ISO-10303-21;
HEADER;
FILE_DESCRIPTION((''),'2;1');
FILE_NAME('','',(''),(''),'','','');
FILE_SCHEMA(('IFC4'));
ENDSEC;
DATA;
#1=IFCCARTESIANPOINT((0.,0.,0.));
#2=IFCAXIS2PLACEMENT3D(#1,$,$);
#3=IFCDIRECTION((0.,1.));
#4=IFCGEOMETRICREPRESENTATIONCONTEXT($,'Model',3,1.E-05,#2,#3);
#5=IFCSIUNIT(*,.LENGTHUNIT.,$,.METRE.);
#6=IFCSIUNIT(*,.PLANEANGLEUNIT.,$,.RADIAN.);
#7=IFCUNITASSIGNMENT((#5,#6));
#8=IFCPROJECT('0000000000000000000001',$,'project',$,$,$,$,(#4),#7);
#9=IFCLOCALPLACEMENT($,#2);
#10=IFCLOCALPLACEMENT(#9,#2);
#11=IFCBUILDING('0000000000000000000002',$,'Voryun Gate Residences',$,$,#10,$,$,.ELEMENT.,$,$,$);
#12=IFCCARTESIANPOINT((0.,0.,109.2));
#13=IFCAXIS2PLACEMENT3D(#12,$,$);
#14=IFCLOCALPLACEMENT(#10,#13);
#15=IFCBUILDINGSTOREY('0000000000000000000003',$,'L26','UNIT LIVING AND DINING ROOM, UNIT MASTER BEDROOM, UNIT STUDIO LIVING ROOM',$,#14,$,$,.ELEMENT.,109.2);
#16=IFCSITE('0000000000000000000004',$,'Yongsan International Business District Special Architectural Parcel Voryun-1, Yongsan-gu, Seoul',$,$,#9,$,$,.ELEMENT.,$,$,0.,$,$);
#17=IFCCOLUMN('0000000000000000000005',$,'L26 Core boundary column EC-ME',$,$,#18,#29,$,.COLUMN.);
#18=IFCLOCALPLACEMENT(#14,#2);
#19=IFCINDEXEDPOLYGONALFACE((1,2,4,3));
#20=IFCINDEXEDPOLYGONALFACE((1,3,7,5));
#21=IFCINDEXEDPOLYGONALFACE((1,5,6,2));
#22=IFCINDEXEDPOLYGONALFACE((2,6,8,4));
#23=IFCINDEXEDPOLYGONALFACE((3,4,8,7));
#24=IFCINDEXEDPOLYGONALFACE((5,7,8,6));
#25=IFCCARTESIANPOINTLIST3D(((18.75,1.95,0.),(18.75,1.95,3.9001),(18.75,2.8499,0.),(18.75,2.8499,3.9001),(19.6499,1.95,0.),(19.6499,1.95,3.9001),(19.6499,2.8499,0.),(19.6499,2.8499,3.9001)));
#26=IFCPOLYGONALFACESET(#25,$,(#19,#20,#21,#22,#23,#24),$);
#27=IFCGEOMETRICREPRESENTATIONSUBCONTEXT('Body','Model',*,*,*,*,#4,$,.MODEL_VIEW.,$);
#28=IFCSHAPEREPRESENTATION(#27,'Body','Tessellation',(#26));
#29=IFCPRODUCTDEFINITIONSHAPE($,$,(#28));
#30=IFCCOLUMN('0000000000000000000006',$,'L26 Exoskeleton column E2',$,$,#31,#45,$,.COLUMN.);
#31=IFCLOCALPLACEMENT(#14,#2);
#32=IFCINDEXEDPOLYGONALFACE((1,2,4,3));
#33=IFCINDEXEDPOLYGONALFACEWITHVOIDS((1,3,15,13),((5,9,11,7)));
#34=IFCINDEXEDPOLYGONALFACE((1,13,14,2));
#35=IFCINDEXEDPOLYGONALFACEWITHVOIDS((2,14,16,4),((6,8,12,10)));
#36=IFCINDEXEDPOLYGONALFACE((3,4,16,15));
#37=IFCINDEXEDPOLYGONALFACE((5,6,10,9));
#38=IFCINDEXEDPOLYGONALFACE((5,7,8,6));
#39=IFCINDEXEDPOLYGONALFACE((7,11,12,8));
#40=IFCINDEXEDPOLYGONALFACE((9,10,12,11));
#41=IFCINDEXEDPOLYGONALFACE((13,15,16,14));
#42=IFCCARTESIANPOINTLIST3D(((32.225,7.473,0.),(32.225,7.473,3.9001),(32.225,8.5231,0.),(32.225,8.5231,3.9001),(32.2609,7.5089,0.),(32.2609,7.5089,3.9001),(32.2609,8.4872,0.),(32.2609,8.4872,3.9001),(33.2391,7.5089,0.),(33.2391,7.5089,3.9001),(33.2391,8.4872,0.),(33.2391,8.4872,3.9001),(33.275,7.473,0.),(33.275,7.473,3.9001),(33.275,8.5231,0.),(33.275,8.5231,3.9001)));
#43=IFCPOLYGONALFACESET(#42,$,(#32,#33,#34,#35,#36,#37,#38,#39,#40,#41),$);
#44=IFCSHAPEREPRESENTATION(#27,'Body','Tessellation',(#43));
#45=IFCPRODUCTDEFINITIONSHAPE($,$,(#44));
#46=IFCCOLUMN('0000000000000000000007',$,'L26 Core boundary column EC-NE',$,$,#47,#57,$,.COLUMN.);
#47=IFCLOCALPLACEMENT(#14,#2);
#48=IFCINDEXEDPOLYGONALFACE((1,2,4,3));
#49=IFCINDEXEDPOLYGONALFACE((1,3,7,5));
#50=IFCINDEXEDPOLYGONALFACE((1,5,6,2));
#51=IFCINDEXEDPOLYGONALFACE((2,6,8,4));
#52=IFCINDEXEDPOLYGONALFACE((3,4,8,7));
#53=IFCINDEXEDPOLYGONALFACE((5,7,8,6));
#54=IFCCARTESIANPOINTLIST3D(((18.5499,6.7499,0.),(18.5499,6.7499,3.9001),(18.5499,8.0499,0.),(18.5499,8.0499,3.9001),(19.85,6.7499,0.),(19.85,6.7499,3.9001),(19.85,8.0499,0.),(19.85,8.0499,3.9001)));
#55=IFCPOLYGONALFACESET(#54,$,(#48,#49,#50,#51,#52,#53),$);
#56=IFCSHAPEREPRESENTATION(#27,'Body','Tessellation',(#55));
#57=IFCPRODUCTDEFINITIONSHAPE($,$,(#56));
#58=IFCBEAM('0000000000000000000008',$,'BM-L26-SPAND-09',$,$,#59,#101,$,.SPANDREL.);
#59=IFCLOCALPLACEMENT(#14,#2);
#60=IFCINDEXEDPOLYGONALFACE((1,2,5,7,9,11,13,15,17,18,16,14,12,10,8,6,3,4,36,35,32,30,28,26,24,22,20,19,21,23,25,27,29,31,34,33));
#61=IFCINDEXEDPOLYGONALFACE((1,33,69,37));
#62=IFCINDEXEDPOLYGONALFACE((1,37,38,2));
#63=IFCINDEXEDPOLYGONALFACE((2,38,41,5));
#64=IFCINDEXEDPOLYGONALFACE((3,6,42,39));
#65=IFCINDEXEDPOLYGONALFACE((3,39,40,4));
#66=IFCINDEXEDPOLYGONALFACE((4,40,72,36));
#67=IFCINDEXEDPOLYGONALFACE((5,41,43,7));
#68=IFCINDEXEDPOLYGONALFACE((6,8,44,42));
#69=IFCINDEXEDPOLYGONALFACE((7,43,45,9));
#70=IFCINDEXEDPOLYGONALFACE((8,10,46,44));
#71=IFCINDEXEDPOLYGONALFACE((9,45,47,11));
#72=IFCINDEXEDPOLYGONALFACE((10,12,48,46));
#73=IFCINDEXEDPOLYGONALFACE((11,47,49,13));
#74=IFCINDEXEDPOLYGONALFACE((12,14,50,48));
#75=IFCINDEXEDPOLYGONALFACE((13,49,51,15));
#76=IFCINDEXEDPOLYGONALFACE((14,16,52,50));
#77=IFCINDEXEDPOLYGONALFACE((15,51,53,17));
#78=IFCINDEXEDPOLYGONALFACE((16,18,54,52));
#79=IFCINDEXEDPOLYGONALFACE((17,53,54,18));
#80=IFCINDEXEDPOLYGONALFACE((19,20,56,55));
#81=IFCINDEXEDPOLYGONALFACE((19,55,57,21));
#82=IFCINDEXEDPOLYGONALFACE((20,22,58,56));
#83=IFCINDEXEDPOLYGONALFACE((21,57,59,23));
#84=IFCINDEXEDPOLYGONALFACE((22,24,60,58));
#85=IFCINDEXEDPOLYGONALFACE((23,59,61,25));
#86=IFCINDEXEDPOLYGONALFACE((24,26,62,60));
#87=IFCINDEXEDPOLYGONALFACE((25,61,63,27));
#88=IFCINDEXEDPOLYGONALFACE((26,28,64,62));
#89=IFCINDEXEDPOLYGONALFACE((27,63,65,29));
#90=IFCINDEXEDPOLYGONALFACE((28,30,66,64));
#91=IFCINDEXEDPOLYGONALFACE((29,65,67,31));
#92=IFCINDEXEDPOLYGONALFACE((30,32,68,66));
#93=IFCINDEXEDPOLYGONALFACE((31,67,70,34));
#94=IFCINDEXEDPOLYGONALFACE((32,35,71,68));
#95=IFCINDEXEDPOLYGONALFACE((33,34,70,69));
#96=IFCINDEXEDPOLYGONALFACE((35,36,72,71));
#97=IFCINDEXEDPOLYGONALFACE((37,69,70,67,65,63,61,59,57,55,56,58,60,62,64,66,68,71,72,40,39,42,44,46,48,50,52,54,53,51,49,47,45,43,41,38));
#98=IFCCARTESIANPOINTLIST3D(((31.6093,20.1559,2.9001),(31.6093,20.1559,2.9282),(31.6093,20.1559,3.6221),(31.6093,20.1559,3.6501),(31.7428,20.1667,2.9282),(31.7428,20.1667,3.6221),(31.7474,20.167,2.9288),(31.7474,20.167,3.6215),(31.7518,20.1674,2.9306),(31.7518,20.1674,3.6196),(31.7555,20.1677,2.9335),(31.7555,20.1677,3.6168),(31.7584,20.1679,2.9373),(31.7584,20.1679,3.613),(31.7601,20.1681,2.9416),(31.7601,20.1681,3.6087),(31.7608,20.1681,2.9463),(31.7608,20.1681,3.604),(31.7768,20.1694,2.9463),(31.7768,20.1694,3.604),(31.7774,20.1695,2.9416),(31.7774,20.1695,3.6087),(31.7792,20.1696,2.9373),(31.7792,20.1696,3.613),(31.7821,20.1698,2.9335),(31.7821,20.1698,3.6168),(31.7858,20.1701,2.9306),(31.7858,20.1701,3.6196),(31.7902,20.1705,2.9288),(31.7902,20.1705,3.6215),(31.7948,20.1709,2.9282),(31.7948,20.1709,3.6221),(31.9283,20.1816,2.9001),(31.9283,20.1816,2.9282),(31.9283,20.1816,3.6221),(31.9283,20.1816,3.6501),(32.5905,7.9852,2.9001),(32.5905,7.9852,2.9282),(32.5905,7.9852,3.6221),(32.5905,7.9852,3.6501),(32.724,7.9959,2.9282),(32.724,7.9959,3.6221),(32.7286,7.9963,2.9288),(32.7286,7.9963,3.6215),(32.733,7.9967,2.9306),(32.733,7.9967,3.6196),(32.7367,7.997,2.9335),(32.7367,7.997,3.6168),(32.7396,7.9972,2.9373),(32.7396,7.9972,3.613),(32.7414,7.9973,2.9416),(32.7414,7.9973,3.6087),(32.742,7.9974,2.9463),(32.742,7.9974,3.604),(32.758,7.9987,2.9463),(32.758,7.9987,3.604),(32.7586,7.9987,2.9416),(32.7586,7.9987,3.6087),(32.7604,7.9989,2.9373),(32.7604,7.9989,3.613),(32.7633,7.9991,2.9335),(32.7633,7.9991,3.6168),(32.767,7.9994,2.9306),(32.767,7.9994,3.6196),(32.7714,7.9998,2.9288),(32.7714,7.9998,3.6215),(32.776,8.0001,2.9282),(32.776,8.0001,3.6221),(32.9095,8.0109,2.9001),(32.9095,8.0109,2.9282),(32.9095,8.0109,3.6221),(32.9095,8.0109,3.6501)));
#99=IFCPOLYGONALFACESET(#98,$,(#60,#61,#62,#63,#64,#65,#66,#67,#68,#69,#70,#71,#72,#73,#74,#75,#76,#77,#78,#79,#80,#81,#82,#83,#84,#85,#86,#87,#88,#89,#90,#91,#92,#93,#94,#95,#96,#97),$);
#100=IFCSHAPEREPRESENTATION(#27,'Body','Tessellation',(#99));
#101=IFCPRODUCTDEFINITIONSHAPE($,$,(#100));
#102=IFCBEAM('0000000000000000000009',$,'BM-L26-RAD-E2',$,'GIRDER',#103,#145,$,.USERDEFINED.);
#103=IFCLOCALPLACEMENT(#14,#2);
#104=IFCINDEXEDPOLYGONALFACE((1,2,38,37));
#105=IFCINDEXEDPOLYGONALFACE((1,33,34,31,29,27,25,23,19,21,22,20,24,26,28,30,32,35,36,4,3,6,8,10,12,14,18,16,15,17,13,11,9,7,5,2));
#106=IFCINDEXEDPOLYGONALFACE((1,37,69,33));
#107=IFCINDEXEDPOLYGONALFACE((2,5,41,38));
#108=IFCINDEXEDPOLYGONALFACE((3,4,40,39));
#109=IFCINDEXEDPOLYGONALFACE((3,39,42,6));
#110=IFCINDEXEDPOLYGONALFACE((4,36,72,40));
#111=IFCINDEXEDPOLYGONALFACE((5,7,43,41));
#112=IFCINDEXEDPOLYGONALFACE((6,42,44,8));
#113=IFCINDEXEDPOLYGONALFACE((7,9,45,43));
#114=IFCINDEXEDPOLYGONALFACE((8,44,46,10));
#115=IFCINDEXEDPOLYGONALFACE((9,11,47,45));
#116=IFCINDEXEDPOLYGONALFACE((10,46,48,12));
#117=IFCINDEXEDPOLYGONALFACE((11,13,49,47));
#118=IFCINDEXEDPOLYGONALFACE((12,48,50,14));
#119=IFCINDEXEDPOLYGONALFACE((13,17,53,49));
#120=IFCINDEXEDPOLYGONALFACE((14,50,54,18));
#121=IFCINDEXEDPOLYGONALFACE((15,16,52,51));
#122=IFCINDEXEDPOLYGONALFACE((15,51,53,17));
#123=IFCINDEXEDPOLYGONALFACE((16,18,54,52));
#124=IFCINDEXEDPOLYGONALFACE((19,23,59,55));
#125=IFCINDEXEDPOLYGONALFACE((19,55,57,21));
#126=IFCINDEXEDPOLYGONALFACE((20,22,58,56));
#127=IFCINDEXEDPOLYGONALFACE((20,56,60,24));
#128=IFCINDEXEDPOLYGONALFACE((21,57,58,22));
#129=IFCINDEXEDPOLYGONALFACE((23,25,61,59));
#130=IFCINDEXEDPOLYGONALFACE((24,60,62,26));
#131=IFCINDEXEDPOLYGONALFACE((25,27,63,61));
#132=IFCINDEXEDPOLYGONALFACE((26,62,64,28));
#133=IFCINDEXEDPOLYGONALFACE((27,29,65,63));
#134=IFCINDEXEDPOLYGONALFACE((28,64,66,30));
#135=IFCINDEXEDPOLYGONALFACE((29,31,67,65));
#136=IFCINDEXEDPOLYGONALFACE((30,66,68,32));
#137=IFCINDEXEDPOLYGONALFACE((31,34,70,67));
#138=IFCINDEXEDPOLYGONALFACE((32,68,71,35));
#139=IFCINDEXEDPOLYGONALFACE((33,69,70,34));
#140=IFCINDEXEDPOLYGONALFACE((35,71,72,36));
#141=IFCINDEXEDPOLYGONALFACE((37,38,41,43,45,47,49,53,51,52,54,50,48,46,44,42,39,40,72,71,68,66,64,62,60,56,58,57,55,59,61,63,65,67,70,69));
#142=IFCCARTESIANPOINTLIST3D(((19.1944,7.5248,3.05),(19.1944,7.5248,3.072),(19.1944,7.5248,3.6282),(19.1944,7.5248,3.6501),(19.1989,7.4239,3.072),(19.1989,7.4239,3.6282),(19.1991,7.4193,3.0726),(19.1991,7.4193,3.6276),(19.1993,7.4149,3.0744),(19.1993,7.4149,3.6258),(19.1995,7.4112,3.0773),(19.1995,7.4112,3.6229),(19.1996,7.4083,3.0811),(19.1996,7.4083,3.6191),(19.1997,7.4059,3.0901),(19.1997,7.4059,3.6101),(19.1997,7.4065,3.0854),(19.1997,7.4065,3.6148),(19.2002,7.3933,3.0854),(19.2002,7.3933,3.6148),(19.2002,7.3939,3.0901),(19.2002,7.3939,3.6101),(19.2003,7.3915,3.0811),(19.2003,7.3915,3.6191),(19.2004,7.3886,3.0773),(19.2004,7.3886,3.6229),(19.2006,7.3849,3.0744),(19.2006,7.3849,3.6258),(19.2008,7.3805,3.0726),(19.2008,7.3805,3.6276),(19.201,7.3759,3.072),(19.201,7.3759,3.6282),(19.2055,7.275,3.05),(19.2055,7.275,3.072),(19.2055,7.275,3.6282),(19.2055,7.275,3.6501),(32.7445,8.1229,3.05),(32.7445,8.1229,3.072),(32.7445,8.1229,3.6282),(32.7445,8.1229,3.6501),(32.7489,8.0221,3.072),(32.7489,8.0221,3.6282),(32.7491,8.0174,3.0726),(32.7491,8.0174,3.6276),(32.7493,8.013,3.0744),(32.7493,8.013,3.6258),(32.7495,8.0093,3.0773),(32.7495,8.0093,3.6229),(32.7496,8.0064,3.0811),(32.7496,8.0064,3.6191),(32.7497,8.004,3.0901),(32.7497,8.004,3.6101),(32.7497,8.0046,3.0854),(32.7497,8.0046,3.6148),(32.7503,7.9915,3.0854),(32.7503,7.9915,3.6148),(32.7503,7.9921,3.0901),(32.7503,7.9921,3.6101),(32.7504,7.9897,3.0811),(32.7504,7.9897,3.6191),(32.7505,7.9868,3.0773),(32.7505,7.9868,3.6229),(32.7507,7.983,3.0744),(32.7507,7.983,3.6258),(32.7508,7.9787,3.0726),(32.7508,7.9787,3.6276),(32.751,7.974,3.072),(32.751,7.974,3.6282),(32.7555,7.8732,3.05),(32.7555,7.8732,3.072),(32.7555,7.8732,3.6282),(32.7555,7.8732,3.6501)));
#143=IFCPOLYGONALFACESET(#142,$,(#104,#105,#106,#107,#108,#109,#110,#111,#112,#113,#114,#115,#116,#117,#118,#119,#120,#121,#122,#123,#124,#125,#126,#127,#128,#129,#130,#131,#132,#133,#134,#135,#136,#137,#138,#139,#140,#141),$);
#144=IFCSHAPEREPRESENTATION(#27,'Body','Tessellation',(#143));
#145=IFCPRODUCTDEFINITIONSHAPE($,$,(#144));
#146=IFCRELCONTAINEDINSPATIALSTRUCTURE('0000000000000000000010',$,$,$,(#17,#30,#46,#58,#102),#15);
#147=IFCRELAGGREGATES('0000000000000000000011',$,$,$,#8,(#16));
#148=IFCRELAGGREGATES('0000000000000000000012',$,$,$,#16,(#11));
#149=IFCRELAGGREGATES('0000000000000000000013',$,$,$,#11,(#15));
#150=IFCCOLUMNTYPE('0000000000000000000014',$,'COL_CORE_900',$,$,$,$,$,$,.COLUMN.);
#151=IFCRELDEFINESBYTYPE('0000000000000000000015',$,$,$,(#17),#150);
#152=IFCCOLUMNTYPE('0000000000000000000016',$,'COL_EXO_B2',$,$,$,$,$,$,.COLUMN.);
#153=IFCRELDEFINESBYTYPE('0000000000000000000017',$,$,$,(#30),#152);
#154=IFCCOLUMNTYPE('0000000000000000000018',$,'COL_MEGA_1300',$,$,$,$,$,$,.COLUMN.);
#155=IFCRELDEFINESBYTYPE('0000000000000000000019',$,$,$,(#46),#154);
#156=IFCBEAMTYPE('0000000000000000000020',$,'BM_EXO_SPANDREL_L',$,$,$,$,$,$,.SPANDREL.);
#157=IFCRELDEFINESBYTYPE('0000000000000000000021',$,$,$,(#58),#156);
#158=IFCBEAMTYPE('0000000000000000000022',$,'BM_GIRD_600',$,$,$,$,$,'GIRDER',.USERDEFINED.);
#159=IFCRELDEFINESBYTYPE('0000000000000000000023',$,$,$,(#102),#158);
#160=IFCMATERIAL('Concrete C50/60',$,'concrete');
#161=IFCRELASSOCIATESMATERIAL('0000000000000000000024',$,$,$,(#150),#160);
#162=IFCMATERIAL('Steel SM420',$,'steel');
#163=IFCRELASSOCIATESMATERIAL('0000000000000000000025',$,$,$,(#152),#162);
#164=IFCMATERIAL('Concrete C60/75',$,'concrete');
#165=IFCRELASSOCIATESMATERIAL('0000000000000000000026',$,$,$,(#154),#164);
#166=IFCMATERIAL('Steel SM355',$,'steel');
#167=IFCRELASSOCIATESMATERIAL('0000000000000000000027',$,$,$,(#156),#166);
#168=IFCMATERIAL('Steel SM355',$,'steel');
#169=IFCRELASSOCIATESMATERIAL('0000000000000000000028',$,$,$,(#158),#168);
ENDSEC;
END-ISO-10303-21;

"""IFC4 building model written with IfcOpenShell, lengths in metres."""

from ifc_helpers import new_model, si_unit, direction, frame, origin, origin_2d, place, context, subcontext, project, spatial, rectangle, hollow_rectangle, i_section, extrude, material, material_profile, profile_set, type_object, element, save


model = new_model("IFC4")

# Units and contexts
model_context = context("Model", 3, precision=1e-05, world=origin(), true_north=direction((0.0, 1.0)))
body_context = subcontext(model_context, "Body", "Model", "MODEL_VIEW")
ifc_project = project(units=[si_unit("LENGTHUNIT", "METRE"), si_unit("PLANEANGLEUNIT", "RADIAN")], contexts=[model_context])

# Site, building, storey
site_placement = place(None, origin())
site = spatial("IfcSite", under=ifc_project, at=site_placement, Name="Yongsan International Business District Special Architectural Parcel Voryun-1, Yongsan-gu, Seoul", CompositionType="ELEMENT", RefElevation=0.0)
building_placement = place(site_placement, origin())
building = spatial("IfcBuilding", under=site, at=building_placement, Name="Voryun Gate Residences", CompositionType="ELEMENT")
storey_placement = place(building_placement, frame((0.0, 0.0, 109.2)))
storey = spatial("IfcBuildingStorey", under=building, at=storey_placement, Name="L26", Description="UNIT LIVING AND DINING ROOM, UNIT MASTER BEDROOM, UNIT STUDIO LIVING ROOM", CompositionType="ELEMENT", Elevation=109.2)

# Columns
ifc_material_1 = material(Name="Concrete C50/60", Category="concrete")
ifc_material_profile_1 = material_profile(ifc_material_1, rectangle(XDim=0.8999, YDim=0.8999, at=origin_2d()), Name="RC-900x900")
ifc_profile_set_1 = profile_set([ifc_material_profile_1], Name="Concrete C50/60")
column_type_1 = type_object("IfcColumnType", Name="COL_CORE_900", PredefinedType="COLUMN", material=ifc_profile_set_1)
column_1_placement = place(storey_placement, frame((19.2, 2.3999, 0.0), z_axis=(0.0, 0.0, 1.0), x_axis=(1.0, 0.0, 0.0)))
element("IfcColumn", 1, at=column_1_placement, inside=storey, type_object=column_type_1, Name="L26 Core boundary column EC-ME", PredefinedType="COLUMN", context=body_context, shape_type="SweptSolid", body=[
    extrude(rectangle(XDim=0.8999, YDim=0.8999, at=origin_2d()), origin(), (0.0, 0.0, 1.0), 3.9001),
])
ifc_material_2 = material(Name="Steel SM420", Category="steel")
ifc_material_profile_2 = material_profile(ifc_material_2, hollow_rectangle(XDim=1.05, YDim=1.05, WallThickness=0.0359, at=origin_2d()), Name="BOX-1050x1050x36")
ifc_profile_set_2 = profile_set([ifc_material_profile_2], Name="Steel SM420")
column_type_2 = type_object("IfcColumnType", Name="COL_EXO_B2", PredefinedType="COLUMN", material=ifc_profile_set_2)
column_2_placement = place(storey_placement, frame((32.75, 7.998, 0.0), z_axis=(0.0, 0.0, 1.0), x_axis=(1.0, 0.0, 0.0)))
element("IfcColumn", 2, at=column_2_placement, inside=storey, type_object=column_type_2, Name="L26 Exoskeleton column E2", PredefinedType="COLUMN", context=body_context, shape_type="SweptSolid", body=[
    extrude(hollow_rectangle(XDim=1.05, YDim=1.05, WallThickness=0.0359, at=origin_2d()), origin(), (0.0, 0.0, 1.0), 3.9001),
])
ifc_material_3 = material(Name="Concrete C60/75", Category="concrete")
ifc_material_profile_3 = material_profile(ifc_material_3, rectangle(XDim=1.3, YDim=1.3, at=origin_2d()), Name="RC-1300x1300")
ifc_profile_set_3 = profile_set([ifc_material_profile_3], Name="Concrete C60/75")
column_type_3 = type_object("IfcColumnType", Name="COL_MEGA_1300", PredefinedType="COLUMN", material=ifc_profile_set_3)
column_3_placement = place(storey_placement, frame((19.2, 7.3999, 0.0), z_axis=(0.0, 0.0, 1.0), x_axis=(1.0, 0.0, 0.0)))
element("IfcColumn", 3, at=column_3_placement, inside=storey, type_object=column_type_3, Name="L26 Core boundary column EC-NE", PredefinedType="COLUMN", context=body_context, shape_type="SweptSolid", body=[
    extrude(rectangle(XDim=1.3, YDim=1.3, at=origin_2d()), origin(), (0.0, 0.0, 1.0), 3.9001),
])

# Beams
ifc_material_4 = material(Name="Steel SM355", Category="steel")
ifc_material_profile_4 = material_profile(ifc_material_4, i_section(OverallWidth=0.3201, OverallDepth=0.75, WebThickness=0.0161, FlangeThickness=0.0281, FilletRadius=0.0181, at=origin_2d()), Name="H-750x320x16x28")
ifc_profile_set_4 = profile_set([ifc_material_profile_4], Name="Steel SM355")
beam_type_1 = type_object("IfcBeamType", Name="BM_EXO_SPANDREL_L", PredefinedType="SPANDREL", material=ifc_profile_set_4)
beam_1_placement = place(storey_placement, frame((32.75, 7.998, 3.2751), z_axis=(-0.08036, 0.996766, 0.0), x_axis=(-0.996766, -0.08036, 0.0)))
element("IfcBeam", 4, at=beam_1_placement, inside=storey, type_object=beam_type_1, Name="BM-L26-SPAND-09", PredefinedType="SPANDREL", context=body_context, shape_type="SweptSolid", body=[
    extrude(i_section(OverallWidth=0.3201, OverallDepth=0.75, WebThickness=0.0161, FlangeThickness=0.0281, FilletRadius=0.0181, at=origin_2d()), origin(), (0.0, 0.0, 1.0), 12.2102),
])
ifc_material_5 = material(Name="Steel SM355", Category="steel")
ifc_material_profile_5 = material_profile(ifc_material_5, i_section(OverallWidth=0.25, OverallDepth=0.6001, WebThickness=0.012, FlangeThickness=0.022, FilletRadius=0.0181, at=origin_2d()), Name="H-600x250x12x22")
ifc_profile_set_5 = profile_set([ifc_material_profile_5], Name="Steel SM355")
beam_type_2 = type_object("IfcBeamType", Name="BM_GIRD_600", ElementType="GIRDER", PredefinedType="USERDEFINED", material=ifc_profile_set_5)
beam_2_placement = place(storey_placement, frame((19.2, 7.3999, 3.3501), z_axis=(0.999027, 0.0441, 0.0), x_axis=(-0.0441, 0.999027, 0.0)))
element("IfcBeam", 5, at=beam_2_placement, inside=storey, type_object=beam_type_2, Name="BM-L26-RAD-E2", ObjectType="GIRDER", PredefinedType="USERDEFINED", context=body_context, shape_type="SweptSolid", body=[
    extrude(i_section(OverallWidth=0.25, OverallDepth=0.6001, WebThickness=0.012, FlangeThickness=0.022, FilletRadius=0.0181, at=origin_2d()), origin(), (0.0, 0.0, 1.0), 13.5632),
])

save(model, "model.ifc")
